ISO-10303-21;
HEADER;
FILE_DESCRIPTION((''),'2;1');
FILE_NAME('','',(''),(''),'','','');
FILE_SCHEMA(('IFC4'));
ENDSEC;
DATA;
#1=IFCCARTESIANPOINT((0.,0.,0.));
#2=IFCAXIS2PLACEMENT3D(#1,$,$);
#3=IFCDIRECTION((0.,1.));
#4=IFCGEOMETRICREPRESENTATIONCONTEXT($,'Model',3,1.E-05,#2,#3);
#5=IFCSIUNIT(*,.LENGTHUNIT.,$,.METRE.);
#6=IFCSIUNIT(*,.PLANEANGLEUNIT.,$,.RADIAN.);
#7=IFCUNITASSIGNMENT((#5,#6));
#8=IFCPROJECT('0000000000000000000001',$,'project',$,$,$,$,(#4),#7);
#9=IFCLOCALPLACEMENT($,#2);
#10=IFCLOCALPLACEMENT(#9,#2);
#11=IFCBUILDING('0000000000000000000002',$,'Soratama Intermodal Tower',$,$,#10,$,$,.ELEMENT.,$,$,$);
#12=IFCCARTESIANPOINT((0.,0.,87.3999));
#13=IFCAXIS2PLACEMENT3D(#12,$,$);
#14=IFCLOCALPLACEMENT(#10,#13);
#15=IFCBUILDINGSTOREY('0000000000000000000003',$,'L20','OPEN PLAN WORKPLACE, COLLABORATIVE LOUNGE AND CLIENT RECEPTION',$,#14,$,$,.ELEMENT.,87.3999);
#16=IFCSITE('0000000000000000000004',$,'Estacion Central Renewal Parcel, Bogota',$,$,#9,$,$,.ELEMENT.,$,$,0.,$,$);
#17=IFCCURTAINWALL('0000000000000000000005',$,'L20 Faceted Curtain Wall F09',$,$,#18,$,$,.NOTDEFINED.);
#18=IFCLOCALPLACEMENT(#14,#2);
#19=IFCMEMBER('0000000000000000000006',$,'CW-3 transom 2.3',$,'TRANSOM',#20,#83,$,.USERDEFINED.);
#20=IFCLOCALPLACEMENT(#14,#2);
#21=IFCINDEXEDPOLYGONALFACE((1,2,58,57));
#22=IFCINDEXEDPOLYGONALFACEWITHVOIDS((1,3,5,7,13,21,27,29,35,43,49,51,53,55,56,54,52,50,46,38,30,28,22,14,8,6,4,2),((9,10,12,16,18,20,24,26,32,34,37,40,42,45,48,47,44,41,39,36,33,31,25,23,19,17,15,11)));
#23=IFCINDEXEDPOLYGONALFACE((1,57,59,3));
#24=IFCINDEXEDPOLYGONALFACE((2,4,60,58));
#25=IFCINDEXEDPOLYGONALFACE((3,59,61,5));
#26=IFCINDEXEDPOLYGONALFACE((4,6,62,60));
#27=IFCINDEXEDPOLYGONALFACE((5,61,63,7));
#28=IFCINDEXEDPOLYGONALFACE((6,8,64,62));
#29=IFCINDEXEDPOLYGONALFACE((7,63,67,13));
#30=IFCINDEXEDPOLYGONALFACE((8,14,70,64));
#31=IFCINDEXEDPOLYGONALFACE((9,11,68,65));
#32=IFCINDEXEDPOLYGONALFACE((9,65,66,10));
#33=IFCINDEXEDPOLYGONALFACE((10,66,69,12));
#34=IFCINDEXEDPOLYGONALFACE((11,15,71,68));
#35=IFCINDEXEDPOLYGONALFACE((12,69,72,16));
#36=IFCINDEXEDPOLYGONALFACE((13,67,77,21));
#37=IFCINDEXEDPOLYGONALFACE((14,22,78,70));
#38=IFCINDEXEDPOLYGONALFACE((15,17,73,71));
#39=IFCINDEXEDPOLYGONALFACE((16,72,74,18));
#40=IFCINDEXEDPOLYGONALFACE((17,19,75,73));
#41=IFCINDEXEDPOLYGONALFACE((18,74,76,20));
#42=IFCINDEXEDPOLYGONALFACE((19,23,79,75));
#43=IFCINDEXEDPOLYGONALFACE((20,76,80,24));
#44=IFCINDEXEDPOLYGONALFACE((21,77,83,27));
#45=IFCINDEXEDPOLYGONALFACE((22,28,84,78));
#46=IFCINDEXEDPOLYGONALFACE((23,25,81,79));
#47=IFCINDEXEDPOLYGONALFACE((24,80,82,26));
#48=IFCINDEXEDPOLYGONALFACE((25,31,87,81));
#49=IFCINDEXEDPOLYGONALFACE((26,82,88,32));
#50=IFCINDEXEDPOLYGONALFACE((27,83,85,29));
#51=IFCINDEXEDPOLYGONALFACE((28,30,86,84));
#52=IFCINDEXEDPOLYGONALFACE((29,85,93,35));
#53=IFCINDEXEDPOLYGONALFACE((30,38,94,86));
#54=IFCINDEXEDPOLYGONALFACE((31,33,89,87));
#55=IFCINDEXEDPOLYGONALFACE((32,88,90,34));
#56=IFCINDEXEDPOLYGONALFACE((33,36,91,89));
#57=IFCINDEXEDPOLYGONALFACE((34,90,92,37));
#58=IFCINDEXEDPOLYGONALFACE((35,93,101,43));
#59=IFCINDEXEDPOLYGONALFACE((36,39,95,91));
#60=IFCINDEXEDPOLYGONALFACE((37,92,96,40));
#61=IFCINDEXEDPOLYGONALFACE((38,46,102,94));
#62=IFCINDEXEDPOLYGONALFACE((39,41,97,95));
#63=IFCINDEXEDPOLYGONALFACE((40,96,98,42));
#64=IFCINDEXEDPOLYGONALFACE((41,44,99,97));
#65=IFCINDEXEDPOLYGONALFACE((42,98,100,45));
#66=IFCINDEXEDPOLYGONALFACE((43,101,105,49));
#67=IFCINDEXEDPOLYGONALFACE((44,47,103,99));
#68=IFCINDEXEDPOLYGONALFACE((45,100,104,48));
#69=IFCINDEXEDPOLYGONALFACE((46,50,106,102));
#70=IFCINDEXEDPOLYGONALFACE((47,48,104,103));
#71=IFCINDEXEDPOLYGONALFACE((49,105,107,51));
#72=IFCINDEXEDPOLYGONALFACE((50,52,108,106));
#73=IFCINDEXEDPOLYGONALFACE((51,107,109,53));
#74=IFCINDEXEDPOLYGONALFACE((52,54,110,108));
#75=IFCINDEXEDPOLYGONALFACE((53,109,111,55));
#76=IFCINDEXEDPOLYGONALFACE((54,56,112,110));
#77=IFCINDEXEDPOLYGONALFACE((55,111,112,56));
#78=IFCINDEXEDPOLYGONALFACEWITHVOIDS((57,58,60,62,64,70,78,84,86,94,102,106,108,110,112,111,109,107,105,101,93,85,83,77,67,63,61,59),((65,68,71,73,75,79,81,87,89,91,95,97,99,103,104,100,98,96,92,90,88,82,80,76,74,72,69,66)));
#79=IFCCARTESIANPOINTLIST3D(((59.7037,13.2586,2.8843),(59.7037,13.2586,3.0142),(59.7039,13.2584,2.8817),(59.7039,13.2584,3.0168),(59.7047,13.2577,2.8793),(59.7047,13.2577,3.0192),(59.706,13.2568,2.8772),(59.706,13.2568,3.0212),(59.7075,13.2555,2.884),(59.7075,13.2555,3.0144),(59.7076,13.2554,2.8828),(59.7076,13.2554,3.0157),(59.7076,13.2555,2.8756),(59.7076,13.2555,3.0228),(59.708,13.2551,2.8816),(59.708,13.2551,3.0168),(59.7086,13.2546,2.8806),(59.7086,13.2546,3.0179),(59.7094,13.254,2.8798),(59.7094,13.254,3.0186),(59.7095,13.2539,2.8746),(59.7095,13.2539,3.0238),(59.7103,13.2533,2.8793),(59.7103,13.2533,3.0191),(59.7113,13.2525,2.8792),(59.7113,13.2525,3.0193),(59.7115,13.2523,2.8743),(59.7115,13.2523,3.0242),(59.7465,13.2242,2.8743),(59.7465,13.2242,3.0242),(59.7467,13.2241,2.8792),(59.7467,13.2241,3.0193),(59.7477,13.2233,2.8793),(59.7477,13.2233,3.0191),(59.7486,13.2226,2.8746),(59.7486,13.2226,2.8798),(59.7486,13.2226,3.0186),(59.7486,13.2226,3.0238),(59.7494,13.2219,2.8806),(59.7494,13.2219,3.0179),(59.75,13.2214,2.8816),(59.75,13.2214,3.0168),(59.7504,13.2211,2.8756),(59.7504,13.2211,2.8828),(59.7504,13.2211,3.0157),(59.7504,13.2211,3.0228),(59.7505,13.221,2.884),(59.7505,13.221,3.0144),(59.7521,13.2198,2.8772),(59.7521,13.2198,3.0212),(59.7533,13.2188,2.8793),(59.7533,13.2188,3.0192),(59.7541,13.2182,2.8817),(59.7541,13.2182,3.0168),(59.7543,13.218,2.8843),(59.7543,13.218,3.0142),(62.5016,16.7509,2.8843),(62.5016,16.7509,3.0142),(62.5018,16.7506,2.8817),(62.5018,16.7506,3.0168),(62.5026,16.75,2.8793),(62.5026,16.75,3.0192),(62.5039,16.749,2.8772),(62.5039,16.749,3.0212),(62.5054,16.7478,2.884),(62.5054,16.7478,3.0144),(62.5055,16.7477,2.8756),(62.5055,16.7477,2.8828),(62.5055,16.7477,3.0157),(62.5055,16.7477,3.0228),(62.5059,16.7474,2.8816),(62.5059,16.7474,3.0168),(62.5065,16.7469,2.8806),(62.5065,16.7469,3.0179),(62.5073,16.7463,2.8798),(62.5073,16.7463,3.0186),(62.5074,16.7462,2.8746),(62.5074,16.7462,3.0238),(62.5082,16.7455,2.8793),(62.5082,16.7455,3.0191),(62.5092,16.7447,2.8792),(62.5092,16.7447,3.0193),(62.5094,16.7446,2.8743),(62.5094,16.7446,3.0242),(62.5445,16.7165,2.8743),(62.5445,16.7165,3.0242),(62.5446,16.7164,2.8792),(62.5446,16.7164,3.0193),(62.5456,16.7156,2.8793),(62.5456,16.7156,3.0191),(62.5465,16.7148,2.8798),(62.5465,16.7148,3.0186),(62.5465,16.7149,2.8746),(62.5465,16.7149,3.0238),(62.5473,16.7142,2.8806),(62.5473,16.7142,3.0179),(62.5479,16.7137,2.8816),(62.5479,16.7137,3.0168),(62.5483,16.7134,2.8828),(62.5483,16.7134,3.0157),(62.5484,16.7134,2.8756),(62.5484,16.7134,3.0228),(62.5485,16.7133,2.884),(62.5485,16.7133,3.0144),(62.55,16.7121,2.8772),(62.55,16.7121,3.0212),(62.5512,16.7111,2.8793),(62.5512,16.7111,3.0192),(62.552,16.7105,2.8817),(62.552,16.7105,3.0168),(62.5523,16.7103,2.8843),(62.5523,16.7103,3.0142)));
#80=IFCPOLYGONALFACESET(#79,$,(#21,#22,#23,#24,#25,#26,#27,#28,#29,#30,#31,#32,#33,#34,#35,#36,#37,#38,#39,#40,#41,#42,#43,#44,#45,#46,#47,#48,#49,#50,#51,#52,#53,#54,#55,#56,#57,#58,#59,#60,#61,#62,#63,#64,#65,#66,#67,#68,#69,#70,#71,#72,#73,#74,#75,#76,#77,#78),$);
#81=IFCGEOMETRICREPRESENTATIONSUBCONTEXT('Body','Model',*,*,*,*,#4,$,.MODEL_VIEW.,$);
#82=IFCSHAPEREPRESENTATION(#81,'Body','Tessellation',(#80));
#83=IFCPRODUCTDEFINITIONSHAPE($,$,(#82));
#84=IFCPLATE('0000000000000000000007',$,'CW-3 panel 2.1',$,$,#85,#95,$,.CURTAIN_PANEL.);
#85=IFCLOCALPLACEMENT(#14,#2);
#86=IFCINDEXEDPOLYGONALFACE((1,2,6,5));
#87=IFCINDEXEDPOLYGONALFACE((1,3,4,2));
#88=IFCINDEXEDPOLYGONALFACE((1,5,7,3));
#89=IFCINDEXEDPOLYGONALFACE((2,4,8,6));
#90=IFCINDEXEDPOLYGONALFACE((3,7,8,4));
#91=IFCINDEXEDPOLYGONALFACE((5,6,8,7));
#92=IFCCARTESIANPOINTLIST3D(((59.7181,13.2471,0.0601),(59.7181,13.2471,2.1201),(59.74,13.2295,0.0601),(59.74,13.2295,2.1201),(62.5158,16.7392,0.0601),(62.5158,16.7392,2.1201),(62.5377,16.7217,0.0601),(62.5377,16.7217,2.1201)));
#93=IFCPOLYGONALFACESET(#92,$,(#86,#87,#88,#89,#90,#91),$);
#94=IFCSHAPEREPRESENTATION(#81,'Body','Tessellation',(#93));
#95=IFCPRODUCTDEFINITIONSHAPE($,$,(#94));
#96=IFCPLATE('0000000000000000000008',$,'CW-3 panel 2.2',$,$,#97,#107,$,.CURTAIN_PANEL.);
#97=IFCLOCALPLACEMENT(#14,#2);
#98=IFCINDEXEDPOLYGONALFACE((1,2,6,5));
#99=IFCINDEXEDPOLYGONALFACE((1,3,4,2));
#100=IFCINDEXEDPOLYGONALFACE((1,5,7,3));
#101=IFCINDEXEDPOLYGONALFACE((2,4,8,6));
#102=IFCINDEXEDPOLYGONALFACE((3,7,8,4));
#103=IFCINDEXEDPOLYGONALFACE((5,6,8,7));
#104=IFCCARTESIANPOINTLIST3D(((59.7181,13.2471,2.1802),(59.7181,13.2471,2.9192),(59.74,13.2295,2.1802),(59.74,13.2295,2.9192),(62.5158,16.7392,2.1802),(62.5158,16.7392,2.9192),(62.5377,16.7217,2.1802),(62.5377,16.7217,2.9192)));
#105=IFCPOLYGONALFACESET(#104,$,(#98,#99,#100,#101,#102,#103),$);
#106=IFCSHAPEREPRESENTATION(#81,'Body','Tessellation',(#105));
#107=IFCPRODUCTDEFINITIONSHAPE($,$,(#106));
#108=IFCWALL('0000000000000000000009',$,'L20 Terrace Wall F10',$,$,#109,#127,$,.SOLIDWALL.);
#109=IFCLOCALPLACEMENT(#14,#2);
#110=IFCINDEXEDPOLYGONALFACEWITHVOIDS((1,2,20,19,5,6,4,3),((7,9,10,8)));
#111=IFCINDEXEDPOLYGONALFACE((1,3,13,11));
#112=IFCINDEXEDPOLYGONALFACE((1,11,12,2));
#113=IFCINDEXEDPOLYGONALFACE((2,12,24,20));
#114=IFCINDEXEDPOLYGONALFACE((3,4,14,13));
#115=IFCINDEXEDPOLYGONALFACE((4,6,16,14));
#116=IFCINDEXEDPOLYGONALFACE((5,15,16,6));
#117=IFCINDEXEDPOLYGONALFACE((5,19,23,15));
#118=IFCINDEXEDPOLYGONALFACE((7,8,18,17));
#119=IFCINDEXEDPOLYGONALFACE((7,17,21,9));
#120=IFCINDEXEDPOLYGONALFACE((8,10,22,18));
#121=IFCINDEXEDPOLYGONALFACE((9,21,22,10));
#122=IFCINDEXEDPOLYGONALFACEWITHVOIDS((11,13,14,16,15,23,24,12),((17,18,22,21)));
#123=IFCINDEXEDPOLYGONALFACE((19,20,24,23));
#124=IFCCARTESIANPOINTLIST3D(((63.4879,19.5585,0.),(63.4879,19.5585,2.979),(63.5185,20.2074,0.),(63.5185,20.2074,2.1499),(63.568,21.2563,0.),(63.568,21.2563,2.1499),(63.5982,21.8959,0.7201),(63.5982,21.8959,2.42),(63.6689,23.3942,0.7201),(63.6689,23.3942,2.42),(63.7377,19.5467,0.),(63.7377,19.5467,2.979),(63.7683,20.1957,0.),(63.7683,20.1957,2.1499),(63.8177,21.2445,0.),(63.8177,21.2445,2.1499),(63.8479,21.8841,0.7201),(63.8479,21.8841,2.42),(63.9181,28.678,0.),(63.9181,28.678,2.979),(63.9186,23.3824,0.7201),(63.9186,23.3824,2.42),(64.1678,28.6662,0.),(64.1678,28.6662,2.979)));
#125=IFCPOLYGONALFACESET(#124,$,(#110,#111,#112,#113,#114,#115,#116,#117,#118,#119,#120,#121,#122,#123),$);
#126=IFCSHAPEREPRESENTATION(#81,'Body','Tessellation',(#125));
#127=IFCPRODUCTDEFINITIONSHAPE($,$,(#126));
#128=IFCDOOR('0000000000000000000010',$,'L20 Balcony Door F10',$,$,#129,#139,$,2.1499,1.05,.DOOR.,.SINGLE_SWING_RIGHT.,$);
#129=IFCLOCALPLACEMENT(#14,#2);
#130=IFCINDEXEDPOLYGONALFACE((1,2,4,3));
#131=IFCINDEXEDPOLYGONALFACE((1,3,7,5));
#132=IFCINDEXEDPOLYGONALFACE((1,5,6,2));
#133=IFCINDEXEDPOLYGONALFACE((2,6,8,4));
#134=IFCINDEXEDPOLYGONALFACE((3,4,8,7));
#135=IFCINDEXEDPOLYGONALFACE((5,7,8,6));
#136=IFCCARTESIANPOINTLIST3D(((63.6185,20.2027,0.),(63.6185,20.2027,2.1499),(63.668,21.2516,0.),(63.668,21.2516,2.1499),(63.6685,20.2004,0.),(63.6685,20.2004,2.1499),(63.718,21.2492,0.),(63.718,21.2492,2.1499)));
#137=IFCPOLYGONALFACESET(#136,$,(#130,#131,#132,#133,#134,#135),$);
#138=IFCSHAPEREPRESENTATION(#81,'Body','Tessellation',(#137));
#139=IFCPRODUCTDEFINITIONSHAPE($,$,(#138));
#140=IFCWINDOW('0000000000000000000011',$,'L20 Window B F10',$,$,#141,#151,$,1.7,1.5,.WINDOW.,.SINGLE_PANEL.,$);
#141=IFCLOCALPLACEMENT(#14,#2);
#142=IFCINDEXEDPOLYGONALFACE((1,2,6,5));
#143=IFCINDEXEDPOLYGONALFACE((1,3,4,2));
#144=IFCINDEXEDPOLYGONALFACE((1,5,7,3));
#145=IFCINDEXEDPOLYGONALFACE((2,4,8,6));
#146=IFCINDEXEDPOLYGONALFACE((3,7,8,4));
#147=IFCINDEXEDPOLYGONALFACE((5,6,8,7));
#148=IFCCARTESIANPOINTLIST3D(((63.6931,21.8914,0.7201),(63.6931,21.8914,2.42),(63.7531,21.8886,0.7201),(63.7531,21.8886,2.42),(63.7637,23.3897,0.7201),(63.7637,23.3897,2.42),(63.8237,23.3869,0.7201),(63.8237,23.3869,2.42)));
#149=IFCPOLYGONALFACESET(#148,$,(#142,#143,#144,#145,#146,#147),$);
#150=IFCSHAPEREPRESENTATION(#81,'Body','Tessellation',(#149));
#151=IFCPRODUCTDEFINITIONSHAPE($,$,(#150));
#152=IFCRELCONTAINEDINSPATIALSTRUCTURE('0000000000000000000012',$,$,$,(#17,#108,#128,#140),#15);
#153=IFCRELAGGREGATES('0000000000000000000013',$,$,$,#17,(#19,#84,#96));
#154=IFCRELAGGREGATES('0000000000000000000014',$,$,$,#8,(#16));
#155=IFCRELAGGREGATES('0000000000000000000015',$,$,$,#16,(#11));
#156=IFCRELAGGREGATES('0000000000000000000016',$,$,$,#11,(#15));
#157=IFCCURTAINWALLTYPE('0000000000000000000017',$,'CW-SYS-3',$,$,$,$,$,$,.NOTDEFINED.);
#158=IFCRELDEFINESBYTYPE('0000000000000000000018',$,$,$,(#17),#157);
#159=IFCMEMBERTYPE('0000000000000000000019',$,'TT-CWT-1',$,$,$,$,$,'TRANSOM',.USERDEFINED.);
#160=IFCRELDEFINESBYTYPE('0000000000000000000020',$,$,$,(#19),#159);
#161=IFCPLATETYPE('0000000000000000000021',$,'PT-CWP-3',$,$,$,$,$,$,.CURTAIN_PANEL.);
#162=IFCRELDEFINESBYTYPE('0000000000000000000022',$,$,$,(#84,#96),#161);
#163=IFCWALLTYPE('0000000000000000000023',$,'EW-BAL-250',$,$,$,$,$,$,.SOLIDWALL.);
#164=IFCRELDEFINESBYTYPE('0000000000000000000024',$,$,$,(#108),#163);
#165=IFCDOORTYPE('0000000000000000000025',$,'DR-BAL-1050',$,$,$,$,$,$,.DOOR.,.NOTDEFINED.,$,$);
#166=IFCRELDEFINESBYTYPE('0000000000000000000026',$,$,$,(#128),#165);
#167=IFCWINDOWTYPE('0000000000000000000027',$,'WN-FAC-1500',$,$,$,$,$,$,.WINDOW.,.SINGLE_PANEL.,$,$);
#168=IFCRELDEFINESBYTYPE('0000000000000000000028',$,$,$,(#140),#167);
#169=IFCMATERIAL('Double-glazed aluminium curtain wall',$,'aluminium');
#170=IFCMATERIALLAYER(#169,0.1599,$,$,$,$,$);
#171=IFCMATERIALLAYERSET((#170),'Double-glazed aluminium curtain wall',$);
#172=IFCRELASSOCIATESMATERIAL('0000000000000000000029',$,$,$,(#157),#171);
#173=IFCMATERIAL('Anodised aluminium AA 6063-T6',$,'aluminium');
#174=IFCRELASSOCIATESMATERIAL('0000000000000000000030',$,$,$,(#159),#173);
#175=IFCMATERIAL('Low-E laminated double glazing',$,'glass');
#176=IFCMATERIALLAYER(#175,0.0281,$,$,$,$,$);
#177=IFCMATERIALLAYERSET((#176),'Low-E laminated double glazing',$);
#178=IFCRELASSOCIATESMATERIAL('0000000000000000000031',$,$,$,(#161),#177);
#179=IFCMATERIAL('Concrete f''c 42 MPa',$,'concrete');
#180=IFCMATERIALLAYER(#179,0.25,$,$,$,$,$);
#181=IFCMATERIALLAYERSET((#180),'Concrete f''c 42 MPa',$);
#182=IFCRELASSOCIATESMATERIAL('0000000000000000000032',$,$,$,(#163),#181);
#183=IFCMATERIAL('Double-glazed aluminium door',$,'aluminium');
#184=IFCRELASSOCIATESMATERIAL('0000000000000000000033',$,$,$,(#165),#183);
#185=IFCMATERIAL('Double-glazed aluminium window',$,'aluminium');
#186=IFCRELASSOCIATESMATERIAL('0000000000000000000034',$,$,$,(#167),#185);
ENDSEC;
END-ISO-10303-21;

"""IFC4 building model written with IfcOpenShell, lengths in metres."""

from ifc_helpers import new_model, si_unit, direction, frame, frame_2d, origin, origin_2d, place, context, subcontext, project, spatial, rectangle, hollow_rectangle, extrude, material, layer, layer_set, material_profile, profile_set, type_object, element, fill, aggregate, save


model = new_model("IFC4")

# Units and contexts
model_context = context("Model", 3, precision=1e-05, world=origin(), true_north=direction((0.0, 1.0)))
body_context = subcontext(model_context, "Body", "Model", "MODEL_VIEW")
ifc_project = project(units=[si_unit("LENGTHUNIT", "METRE"), si_unit("PLANEANGLEUNIT", "RADIAN")], contexts=[model_context])

# Site, building, storey
site_placement = place(None, origin())
site = spatial("IfcSite", under=ifc_project, at=site_placement, Name="Estacion Central Renewal Parcel, Bogota", CompositionType="ELEMENT", RefElevation=0.0)
building_placement = place(site_placement, origin())
building = spatial("IfcBuilding", under=site, at=building_placement, Name="Soratama Intermodal Tower", CompositionType="ELEMENT")
storey_placement = place(building_placement, frame((0.0, 0.0, 87.3999)))
storey = spatial("IfcBuildingStorey", under=building, at=storey_placement, Name="L20", Description="OPEN PLAN WORKPLACE, COLLABORATIVE LOUNGE AND CLIENT RECEPTION", CompositionType="ELEMENT", Elevation=87.3999)

# Curtain wall, member, plates
ifc_material_1 = material(Name="Double-glazed aluminium curtain wall", Category="aluminium")
ifc_layer_1 = layer(ifc_material_1, 0.1599)
ifc_layer_set_1 = layer_set([ifc_layer_1], Name="Double-glazed aluminium curtain wall")
curtain_wall_type = type_object("IfcCurtainWallType", Name="CW-SYS-3", PredefinedType="NOTDEFINED", material=ifc_layer_set_1)
curtain_wall_placement = place(storey_placement, origin())
curtain_wall = element("IfcCurtainWall", 1, at=curtain_wall_placement, inside=storey, type_object=curtain_wall_type, Name="L20 Faceted Curtain Wall F09", PredefinedType="NOTDEFINED")
ifc_material_2 = material(Name="Anodised aluminium AA 6063-T6", Category="aluminium")
ifc_material_profile_1 = material_profile(ifc_material_2, hollow_rectangle(XDim=0.0649, YDim=0.1499, WallThickness=0.0049, InnerFilletRadius=0.0049, OuterFilletRadius=0.01, at=origin_2d()), Name="CWT150X65X5")
ifc_profile_set_1 = profile_set([ifc_material_profile_1], Name="Anodised aluminium AA 6063-T6")
member_type_1 = type_object("IfcMemberType", Name="TT-CWT-1", ElementType="TRANSOM", PredefinedType="USERDEFINED", material=ifc_profile_set_1)
member_1_placement = place(storey_placement, frame((59.729, 13.2383, 2.9492), z_axis=(0.625254, 0.780421, 0.0), x_axis=(-0.780421, 0.625254, 0.0)))
member_1 = element("IfcMember", 2, at=member_1_placement, type_object=member_type_1, Name="CW-3 transom 2.3", ObjectType="TRANSOM", PredefinedType="USERDEFINED", context=body_context, shape_type="SweptSolid", body=[
    extrude(hollow_rectangle(XDim=0.0649, YDim=0.1499, WallThickness=0.0049, InnerFilletRadius=0.0049, OuterFilletRadius=0.01, at=origin_2d()), origin(), (0.0, 0.0, 1.0), 4.4749),
])
ifc_material_3 = material(Name="Low-E laminated double glazing", Category="glass")
ifc_layer_2 = layer(ifc_material_3, 0.0281)
ifc_layer_set_2 = layer_set([ifc_layer_2], Name="Low-E laminated double glazing")
plate_type = type_object("IfcPlateType", Name="PT-CWP-3", PredefinedType="CURTAIN_PANEL", material=ifc_layer_set_2)
plate_1_placement = place(storey_placement, frame((61.1279, 14.9844, 0.0601), z_axis=(0.0, 0.0, 1.0), x_axis=(0.625241, 0.780432, 0.0)))
plate_1 = element("IfcPlate", 3, at=plate_1_placement, type_object=plate_type, Name="CW-3 panel 2.1", PredefinedType="CURTAIN_PANEL", context=body_context, shape_type="SweptSolid", body=[
    extrude(rectangle(XDim=4.4746, YDim=0.0281, at=origin_2d()), origin(), (0.0, 0.0, 1.0), 2.0601),
])
plate_2_placement = place(storey_placement, frame((61.1279, 14.9844, 2.1802), z_axis=(0.0, 0.0, 1.0), x_axis=(0.625241, 0.780432, 0.0)))
plate_2 = element("IfcPlate", 4, at=plate_2_placement, type_object=plate_type, Name="CW-3 panel 2.2", PredefinedType="CURTAIN_PANEL", context=body_context, shape_type="SweptSolid", body=[
    extrude(rectangle(XDim=4.4746, YDim=0.0281, at=origin_2d()), origin(), (0.0, 0.0, 1.0), 0.739),
])
aggregate(curtain_wall, [member_1, plate_1, plate_2])

# Wall, openings, door, window
ifc_material_4 = material(Name="Concrete f'c 42 MPa", Category="concrete")
ifc_layer_3 = layer(ifc_material_4, 0.25)
ifc_layer_set_3 = layer_set([ifc_layer_3], Name="Concrete f'c 42 MPa")
wall_type_1 = type_object("IfcWallType", Name="EW-BAL-250", PredefinedType="SOLIDWALL", material=ifc_layer_set_3)
wall_1_placement = place(storey_placement, frame((63.6128, 19.5525, 0.0), z_axis=(0.0, 0.0, 1.0), x_axis=(0.047119, 0.998889, 0.0)))
wall_1 = element("IfcWall", 5, at=wall_1_placement, inside=storey, type_object=wall_type_1, Name="L20 Terrace Wall F10", PredefinedType="SOLIDWALL", context=body_context, shape_type="SweptSolid", body=[
    extrude(rectangle(XDim=9.1296, YDim=0.25, at=frame_2d((4.5649, 0.0))), origin(), (0.0, 0.0, 1.0), 2.979),
])
opening_1_placement = place(wall_1_placement, frame((0.6499, 0.0, 0.0)))
opening_1 = element("IfcOpeningElement", 6, at=opening_1_placement, cuts=wall_1, PredefinedType="OPENING", context=body_context, shape_type="SweptSolid", body=[
    extrude(rectangle(XDim=1.05, YDim=2.1499, at=frame_2d((0.5249, 1.075))), frame((0.0, 0.135, 0.0), z_axis=(0.0, -1.0, 0.0), x_axis=(1.0, 0.0, 0.0)), (0.0, 0.0, 1.0), 0.27),
])
opening_2_placement = place(wall_1_placement, frame((2.3401, 0.0, 0.72)))
opening_2 = element("IfcOpeningElement", 7, at=opening_2_placement, cuts=wall_1, PredefinedType="OPENING", context=body_context, shape_type="SweptSolid", body=[
    extrude(rectangle(XDim=1.5, YDim=1.7, at=frame_2d((0.75, 0.8501))), frame((0.0, 0.135, 0.0), z_axis=(0.0, -1.0, 0.0), x_axis=(1.0, 0.0, 0.0)), (0.0, 0.0, 1.0), 0.27),
])
ifc_material_5 = material(Name="Double-glazed aluminium door", Category="aluminium")
door_type_1 = type_object("IfcDoorType", Name="DR-BAL-1050", OperationType="NOTDEFINED", PredefinedType="DOOR", material=ifc_material_5)
door_1_placement = place(opening_1_placement, origin())
door_1 = element("IfcDoor", 8, at=door_1_placement, inside=storey, type_object=door_type_1, Name="L20 Balcony Door F10", OperationType="SINGLE_SWING_RIGHT", OverallHeight=2.1499, OverallWidth=1.05, PredefinedType="DOOR", context=body_context, shape_type="SweptSolid", body=[
    extrude(rectangle(XDim=1.05, YDim=2.1499, at=frame_2d((0.5249, 1.075))), frame((0.0, 0.0249, 0.0), z_axis=(0.0, -1.0, 0.0), x_axis=(1.0, 0.0, 0.0)), (0.0, 0.0, 1.0), 0.05),
])
fill(opening_1, door_1)
ifc_material_6 = material(Name="Double-glazed aluminium window", Category="aluminium")
window_type_1 = type_object("IfcWindowType", Name="WN-FAC-1500", PartitioningType="SINGLE_PANEL", PredefinedType="WINDOW", material=ifc_material_6)
window_1_placement = place(opening_2_placement, origin())
window_1 = element("IfcWindow", 9, at=window_1_placement, inside=storey, type_object=window_type_1, Name="L20 Window B F10", OverallHeight=1.7, OverallWidth=1.5, PartitioningType="SINGLE_PANEL", PredefinedType="WINDOW", context=body_context, shape_type="SweptSolid", body=[
    extrude(rectangle(XDim=1.5, YDim=1.7, at=frame_2d((0.75, 0.8501))), frame((0.0, 0.03, 0.0), z_axis=(0.0, -1.0, 0.0), x_axis=(1.0, 0.0, 0.0)), (0.0, 0.0, 1.0), 0.0601),
])
fill(opening_2, window_1)

save(model, "model.ifc")
